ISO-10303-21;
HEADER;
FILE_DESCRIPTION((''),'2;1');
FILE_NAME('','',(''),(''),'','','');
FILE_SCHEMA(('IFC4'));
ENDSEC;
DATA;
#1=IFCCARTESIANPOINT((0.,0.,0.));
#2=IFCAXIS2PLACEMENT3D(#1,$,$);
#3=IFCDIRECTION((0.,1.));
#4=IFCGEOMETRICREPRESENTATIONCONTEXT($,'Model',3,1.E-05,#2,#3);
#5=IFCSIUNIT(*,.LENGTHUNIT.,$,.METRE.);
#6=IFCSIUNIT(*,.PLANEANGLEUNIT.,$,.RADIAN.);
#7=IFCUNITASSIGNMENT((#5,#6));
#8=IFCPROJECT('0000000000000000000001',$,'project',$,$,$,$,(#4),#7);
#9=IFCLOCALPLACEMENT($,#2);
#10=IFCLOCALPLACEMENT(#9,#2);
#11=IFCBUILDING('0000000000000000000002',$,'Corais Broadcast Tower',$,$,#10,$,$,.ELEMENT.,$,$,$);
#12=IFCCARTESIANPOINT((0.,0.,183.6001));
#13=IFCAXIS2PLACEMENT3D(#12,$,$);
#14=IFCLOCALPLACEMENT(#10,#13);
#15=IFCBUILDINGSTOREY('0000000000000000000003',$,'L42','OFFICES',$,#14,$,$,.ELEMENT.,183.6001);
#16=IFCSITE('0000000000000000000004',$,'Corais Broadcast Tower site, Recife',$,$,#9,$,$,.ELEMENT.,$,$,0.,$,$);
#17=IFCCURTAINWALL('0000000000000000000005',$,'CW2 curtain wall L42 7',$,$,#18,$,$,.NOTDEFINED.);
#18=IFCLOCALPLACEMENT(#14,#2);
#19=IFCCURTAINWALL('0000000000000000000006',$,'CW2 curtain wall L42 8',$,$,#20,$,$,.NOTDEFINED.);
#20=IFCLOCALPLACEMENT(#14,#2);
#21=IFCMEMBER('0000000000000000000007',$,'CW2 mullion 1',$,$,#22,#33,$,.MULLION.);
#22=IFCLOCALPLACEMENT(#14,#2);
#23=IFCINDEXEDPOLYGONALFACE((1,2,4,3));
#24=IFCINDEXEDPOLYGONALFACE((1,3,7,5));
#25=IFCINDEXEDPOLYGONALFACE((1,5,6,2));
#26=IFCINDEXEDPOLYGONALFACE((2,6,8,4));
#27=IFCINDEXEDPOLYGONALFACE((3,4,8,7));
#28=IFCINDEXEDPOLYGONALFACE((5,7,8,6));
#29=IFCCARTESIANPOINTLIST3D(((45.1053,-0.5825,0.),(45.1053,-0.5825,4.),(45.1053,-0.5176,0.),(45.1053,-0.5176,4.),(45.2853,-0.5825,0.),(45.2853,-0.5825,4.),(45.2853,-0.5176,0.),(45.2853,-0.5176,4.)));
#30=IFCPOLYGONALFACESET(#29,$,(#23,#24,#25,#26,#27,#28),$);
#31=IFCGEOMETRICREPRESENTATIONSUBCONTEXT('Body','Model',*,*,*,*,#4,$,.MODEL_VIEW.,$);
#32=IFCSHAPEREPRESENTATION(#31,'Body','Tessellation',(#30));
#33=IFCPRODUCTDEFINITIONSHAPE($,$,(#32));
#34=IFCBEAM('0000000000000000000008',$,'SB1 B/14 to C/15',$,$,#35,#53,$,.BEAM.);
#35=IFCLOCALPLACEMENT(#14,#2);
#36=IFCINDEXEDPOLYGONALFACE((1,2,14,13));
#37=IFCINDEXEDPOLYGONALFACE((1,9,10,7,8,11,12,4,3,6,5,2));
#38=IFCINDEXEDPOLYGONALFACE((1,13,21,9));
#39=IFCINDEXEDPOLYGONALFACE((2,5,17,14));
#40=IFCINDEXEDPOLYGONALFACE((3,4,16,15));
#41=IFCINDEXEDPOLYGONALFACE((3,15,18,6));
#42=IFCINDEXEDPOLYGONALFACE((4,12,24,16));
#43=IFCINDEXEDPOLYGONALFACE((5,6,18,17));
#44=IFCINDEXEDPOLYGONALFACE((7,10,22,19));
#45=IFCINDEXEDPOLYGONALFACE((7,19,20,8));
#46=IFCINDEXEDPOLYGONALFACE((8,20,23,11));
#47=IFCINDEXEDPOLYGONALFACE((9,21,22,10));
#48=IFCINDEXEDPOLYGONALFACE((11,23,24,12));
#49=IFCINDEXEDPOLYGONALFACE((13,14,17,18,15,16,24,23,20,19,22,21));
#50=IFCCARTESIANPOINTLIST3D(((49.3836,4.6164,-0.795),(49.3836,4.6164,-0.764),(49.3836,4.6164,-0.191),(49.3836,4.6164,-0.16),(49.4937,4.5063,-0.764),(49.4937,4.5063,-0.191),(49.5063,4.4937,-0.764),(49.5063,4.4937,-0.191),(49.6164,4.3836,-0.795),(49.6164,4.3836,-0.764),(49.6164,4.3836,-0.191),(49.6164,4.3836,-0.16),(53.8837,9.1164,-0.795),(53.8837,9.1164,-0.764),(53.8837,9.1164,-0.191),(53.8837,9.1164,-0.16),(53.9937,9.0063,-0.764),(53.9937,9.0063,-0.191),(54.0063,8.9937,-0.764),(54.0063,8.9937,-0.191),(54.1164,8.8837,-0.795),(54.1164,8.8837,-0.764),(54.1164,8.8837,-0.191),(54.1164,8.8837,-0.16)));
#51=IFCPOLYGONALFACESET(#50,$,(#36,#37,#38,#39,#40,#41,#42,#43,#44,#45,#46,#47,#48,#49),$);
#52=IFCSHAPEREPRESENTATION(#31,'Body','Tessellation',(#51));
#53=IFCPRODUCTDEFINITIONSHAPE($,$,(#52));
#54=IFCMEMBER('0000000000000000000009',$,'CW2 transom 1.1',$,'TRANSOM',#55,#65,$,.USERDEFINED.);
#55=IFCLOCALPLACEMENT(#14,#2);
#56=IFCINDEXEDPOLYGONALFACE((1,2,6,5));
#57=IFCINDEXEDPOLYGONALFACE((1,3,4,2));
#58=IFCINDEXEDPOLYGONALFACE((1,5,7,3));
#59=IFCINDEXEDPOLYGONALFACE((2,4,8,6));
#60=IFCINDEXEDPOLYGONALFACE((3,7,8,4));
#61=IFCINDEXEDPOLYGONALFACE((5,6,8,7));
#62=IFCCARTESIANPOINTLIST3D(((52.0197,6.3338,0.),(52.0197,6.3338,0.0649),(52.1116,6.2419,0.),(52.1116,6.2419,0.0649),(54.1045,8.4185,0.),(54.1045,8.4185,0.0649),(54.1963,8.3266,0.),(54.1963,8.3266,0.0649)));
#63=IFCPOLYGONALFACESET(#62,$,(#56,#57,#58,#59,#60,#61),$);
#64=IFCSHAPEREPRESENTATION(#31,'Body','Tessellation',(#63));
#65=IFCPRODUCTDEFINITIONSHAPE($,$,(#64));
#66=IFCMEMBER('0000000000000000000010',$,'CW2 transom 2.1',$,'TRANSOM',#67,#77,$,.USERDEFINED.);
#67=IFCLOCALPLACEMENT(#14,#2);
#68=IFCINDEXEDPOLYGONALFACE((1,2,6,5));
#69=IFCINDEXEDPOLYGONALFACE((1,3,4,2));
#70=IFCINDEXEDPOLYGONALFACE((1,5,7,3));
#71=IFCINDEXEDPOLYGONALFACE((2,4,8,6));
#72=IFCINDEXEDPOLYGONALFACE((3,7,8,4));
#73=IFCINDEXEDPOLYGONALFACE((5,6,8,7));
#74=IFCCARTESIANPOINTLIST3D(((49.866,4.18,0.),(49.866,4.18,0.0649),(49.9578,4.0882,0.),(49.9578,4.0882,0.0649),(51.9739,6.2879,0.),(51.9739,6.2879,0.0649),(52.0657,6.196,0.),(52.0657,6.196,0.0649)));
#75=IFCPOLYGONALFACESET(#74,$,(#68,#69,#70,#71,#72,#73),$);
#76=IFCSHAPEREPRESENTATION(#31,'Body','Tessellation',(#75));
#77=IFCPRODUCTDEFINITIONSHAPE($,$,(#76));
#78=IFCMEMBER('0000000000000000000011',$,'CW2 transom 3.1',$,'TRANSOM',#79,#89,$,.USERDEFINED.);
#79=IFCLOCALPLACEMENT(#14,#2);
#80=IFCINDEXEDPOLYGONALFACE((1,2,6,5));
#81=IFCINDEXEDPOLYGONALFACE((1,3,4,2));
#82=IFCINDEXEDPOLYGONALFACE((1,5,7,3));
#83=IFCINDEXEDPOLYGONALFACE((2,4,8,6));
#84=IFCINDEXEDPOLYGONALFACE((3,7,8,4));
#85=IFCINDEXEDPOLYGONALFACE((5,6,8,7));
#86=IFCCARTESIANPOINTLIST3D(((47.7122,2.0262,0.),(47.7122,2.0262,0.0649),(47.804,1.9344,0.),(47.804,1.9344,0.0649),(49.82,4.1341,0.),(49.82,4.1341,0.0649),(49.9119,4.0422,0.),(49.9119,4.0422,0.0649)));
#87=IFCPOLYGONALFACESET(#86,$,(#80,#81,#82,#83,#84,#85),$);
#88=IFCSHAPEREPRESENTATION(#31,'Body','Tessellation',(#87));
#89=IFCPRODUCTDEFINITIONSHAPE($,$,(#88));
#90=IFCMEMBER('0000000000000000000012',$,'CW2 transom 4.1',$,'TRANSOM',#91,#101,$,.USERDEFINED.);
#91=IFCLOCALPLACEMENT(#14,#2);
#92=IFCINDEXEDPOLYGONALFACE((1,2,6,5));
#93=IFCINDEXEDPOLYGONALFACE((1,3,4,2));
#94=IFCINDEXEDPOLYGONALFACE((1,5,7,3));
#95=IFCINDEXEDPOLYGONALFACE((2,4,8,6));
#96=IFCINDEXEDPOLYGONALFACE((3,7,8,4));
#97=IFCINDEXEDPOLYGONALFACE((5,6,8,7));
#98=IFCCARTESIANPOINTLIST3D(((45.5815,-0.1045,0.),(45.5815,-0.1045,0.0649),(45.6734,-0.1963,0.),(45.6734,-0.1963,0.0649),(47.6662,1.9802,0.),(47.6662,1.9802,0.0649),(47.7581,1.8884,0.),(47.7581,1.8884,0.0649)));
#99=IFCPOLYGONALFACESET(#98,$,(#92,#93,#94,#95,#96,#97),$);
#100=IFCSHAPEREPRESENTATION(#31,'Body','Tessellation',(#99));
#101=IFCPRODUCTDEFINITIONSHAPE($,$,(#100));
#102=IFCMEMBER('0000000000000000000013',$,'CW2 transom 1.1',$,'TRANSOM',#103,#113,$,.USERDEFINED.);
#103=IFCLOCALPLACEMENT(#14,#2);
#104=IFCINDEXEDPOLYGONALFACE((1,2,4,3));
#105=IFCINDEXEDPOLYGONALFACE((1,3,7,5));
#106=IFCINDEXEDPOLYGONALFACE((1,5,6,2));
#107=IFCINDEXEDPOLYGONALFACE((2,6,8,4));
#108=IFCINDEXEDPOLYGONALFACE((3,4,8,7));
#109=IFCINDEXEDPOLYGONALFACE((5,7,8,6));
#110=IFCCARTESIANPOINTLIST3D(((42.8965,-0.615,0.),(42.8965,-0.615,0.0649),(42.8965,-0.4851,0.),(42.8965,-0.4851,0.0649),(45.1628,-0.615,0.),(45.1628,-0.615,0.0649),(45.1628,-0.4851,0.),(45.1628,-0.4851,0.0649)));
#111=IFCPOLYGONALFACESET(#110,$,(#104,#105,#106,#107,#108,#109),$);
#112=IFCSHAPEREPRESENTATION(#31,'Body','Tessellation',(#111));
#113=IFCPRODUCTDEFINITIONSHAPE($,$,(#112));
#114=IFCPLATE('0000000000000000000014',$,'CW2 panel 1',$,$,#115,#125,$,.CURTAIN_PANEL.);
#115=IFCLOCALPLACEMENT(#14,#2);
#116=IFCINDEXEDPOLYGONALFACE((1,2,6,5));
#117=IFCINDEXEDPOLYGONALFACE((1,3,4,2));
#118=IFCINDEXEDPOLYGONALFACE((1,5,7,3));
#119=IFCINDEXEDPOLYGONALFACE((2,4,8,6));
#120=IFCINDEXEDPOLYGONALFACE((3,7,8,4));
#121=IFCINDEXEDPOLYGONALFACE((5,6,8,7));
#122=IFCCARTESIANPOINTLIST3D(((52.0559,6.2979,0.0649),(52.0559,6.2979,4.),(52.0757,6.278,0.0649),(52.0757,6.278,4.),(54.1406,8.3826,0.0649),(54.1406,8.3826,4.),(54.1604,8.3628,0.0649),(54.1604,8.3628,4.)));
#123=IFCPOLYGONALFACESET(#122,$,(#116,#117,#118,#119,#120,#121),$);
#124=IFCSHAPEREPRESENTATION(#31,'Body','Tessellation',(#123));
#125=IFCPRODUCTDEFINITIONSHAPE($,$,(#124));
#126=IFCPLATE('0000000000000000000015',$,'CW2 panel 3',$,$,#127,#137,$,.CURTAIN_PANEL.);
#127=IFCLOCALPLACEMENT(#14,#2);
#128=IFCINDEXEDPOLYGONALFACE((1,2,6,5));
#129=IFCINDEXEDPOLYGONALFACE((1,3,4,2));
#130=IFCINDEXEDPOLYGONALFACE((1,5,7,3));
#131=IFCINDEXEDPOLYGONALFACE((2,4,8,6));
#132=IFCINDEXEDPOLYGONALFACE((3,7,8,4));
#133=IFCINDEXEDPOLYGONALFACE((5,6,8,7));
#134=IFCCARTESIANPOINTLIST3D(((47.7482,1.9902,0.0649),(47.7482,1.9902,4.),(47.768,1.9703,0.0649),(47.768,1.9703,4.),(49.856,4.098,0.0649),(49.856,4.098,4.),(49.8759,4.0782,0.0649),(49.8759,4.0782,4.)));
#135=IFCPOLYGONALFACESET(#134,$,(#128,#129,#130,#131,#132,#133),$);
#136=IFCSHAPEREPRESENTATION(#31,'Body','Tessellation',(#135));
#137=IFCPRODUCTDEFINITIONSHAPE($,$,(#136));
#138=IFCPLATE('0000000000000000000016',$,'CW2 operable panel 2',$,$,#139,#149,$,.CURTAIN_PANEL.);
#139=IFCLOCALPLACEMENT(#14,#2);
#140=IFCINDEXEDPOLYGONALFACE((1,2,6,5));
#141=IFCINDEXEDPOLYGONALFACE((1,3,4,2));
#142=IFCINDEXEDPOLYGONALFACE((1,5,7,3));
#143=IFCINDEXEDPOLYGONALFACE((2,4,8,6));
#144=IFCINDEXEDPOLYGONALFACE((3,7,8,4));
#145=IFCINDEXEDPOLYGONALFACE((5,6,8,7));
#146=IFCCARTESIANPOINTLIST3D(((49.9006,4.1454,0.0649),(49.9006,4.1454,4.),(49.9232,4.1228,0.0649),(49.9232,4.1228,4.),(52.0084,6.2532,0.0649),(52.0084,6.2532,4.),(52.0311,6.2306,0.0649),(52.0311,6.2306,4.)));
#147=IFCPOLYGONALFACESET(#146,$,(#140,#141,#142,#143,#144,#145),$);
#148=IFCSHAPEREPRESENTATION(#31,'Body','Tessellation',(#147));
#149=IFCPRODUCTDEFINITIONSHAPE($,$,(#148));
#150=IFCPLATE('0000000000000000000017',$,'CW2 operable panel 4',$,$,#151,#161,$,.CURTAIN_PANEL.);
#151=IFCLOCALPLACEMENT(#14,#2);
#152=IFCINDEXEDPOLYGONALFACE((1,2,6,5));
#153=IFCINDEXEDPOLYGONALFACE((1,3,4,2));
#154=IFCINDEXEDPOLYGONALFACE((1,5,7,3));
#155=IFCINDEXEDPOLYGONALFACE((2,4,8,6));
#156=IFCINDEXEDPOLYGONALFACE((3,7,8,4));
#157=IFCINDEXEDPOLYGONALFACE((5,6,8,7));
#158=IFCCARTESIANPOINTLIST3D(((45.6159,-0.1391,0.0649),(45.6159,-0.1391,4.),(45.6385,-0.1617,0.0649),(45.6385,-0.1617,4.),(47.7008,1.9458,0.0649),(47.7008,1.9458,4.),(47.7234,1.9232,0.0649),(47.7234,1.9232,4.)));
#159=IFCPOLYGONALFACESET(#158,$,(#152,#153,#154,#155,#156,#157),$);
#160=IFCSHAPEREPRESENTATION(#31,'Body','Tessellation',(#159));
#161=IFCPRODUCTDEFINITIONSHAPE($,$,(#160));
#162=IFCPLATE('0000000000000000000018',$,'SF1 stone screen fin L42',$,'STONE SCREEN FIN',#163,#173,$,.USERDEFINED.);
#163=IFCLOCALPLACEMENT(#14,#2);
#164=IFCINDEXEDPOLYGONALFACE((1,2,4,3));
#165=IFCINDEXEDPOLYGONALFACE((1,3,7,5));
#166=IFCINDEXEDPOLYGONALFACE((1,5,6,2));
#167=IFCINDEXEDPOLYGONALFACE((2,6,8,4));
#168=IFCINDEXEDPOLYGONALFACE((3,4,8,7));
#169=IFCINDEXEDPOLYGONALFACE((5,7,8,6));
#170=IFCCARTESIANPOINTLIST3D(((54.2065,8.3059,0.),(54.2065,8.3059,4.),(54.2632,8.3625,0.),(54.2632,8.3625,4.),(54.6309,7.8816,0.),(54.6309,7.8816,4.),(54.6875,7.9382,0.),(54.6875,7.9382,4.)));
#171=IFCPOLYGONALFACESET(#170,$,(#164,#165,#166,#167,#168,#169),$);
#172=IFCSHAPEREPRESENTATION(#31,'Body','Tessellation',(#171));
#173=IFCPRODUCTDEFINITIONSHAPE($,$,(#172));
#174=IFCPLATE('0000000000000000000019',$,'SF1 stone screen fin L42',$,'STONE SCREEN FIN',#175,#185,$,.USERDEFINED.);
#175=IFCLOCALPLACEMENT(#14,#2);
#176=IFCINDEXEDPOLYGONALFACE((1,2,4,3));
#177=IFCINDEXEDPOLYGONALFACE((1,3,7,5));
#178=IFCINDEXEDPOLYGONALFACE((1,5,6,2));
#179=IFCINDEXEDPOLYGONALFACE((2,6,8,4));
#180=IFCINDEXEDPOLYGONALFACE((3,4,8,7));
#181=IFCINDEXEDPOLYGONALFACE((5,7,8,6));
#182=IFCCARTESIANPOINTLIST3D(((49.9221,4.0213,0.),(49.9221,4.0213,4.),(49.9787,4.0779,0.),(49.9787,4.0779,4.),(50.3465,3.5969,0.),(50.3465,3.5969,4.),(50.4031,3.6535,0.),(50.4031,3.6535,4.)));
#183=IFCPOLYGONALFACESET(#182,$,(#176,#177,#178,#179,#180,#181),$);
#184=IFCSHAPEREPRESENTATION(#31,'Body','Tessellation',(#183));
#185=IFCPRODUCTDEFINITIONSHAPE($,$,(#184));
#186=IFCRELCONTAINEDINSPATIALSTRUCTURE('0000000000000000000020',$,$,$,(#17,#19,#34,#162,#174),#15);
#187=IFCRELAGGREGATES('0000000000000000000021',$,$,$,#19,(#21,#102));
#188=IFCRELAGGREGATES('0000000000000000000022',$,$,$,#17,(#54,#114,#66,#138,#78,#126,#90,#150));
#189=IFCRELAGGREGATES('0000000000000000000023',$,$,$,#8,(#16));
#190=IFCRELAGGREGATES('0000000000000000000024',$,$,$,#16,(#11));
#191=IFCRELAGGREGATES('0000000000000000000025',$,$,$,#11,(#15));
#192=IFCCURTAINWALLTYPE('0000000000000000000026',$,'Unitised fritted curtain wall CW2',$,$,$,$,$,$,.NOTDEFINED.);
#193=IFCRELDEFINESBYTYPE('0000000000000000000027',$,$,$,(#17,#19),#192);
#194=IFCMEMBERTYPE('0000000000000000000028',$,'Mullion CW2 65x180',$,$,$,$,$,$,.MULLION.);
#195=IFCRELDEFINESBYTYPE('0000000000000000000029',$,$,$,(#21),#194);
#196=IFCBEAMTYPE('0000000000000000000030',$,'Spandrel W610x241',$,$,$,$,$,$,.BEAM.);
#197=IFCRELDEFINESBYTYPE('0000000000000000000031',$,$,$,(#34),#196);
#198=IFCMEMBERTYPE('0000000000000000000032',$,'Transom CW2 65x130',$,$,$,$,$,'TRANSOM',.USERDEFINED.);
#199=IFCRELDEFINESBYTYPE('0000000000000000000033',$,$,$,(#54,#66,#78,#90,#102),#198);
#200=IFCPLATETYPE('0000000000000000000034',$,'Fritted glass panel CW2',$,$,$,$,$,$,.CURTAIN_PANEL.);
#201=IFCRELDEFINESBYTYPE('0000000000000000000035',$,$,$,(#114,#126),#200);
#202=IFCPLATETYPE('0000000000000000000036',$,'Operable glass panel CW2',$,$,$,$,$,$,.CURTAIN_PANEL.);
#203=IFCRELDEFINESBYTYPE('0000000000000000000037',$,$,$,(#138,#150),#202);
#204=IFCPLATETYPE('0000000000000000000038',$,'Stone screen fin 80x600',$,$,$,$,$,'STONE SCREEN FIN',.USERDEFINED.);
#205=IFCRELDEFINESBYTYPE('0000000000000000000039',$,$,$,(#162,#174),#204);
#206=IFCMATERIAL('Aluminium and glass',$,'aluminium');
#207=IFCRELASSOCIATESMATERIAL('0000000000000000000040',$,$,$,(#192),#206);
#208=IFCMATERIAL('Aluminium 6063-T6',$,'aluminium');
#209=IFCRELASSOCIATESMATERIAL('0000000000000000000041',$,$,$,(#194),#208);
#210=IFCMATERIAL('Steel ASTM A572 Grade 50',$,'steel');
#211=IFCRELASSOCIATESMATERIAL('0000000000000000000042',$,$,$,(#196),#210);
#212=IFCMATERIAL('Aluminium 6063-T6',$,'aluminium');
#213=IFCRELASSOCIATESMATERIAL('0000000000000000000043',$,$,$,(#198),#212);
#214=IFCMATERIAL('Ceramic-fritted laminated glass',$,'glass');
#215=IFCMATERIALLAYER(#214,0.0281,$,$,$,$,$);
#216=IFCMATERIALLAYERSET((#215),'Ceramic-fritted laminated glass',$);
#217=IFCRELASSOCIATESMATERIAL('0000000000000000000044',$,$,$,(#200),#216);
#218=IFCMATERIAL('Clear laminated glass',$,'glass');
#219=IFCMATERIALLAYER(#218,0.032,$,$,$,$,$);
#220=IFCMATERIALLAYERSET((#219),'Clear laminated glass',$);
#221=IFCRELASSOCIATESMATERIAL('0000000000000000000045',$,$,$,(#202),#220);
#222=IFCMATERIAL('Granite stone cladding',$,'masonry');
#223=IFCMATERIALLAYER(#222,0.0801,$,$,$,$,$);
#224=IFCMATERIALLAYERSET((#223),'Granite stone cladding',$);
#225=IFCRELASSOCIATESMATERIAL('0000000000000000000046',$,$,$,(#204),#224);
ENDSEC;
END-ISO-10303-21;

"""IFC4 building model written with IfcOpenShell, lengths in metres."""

from ifc_helpers import new_model, si_unit, direction, frame, origin, origin_2d, place, context, subcontext, project, spatial, rectangle, i_section, extrude, material, layer, layer_set, material_profile, profile_set, type_object, element, aggregate, save


model = new_model("IFC4")

# Units and contexts
model_context = context("Model", 3, precision=1e-05, world=origin(), true_north=direction((0.0, 1.0)))
body_context = subcontext(model_context, "Body", "Model", "MODEL_VIEW")
ifc_project = project(units=[si_unit("LENGTHUNIT", "METRE"), si_unit("PLANEANGLEUNIT", "RADIAN")], contexts=[model_context])

# Site, building, storey
site_placement = place(None, origin())
site = spatial("IfcSite", under=ifc_project, at=site_placement, Name="Corais Broadcast Tower site, Recife", CompositionType="ELEMENT", RefElevation=0.0)
building_placement = place(site_placement, origin())
building = spatial("IfcBuilding", under=site, at=building_placement, Name="Corais Broadcast Tower", CompositionType="ELEMENT")
storey_placement = place(building_placement, frame((0.0, 0.0, 183.6001)))
storey = spatial("IfcBuildingStorey", under=building, at=storey_placement, Name="L42", Description="OFFICES", CompositionType="ELEMENT", Elevation=183.6001)

# Shared definitions
ifc_material_1 = material(Name="Aluminium and glass", Category="aluminium")
curtain_wall_type = type_object("IfcCurtainWallType", Name="Unitised fritted curtain wall CW2", PredefinedType="NOTDEFINED", material=ifc_material_1)
ifc_material_2 = material(Name="Aluminium 6063-T6", Category="aluminium")
ifc_material_profile_1 = material_profile(ifc_material_2, rectangle(XDim=0.0649, YDim=0.1799, at=origin_2d()), Name="Mullion CW2 65x180")
ifc_profile_set_1 = profile_set([ifc_material_profile_1], Name="Aluminium 6063-T6")
member_type_1 = type_object("IfcMemberType", Name="Mullion CW2 65x180", PredefinedType="MULLION", material=ifc_profile_set_1)

# Curtain wall
curtain_wall_1_placement = place(storey_placement, origin())
curtain_wall_1 = element("IfcCurtainWall", 1, at=curtain_wall_1_placement, inside=storey, type_object=curtain_wall_type, Name="CW2 curtain wall L42 7", PredefinedType="NOTDEFINED")

# Curtain wall, member
curtain_wall_2_placement = place(storey_placement, origin())
curtain_wall_2 = element("IfcCurtainWall", 2, at=curtain_wall_2_placement, inside=storey, type_object=curtain_wall_type, Name="CW2 curtain wall L42 8", PredefinedType="NOTDEFINED")
member_1_placement = place(storey_placement, frame((45.1953, -0.55, 0.0), z_axis=(0.0, 0.0, 1.0), x_axis=(0.0, -1.0, 0.0)))
member_1 = element("IfcMember", 3, at=member_1_placement, type_object=member_type_1, Name="CW2 mullion 1", PredefinedType="MULLION", context=body_context, shape_type="SweptSolid", body=[
    extrude(rectangle(XDim=0.0649, YDim=0.1799, at=origin_2d()), origin(), (0.0, 0.0, 1.0), 4.0),
])

# Beam
ifc_material_3 = material(Name="Steel ASTM A572 Grade 50", Category="steel")
ifc_material_profile_2 = material_profile(ifc_material_3, i_section(OverallWidth=0.3291, OverallDepth=0.635, WebThickness=0.0178, FlangeThickness=0.031, at=origin_2d()), Name="W610x241")
ifc_profile_set_2 = profile_set([ifc_material_profile_2], Name="Steel ASTM A572 Grade 50")
beam_type_1 = type_object("IfcBeamType", Name="Spandrel W610x241", PredefinedType="BEAM", material=ifc_profile_set_2)
beam_1_placement = place(storey_placement, frame((49.5, 4.5, -0.4775), z_axis=(0.707107, 0.707107, 0.0), x_axis=(-0.707107, 0.707107, 0.0)))
element("IfcBeam", 4, at=beam_1_placement, inside=storey, type_object=beam_type_1, Name="SB1 B/14 to C/15", PredefinedType="BEAM", context=body_context, shape_type="SweptSolid", body=[
    extrude(i_section(OverallWidth=0.3291, OverallDepth=0.635, WebThickness=0.0178, FlangeThickness=0.031, at=origin_2d()), origin(), (0.0, 0.0, 1.0), 6.364),
])

# Members
ifc_material_4 = material(Name="Aluminium 6063-T6", Category="aluminium")
ifc_material_profile_3 = material_profile(ifc_material_4, rectangle(XDim=0.1299, YDim=0.0649, at=origin_2d()), Name="Transom CW2 65x130")
ifc_profile_set_3 = profile_set([ifc_material_profile_3], Name="Aluminium 6063-T6")
member_type_2 = type_object("IfcMemberType", Name="Transom CW2 65x130", ElementType="TRANSOM", PredefinedType="USERDEFINED", material=ifc_profile_set_3)
member_2_placement = place(storey_placement, frame((54.1504, 8.3726, 0.0325), z_axis=(-0.707107, -0.707107, 0.0), x_axis=(0.707107, -0.707107, 0.0)))
member_2 = element("IfcMember", 5, at=member_2_placement, type_object=member_type_2, Name="CW2 transom 1.1", ObjectType="TRANSOM", PredefinedType="USERDEFINED", context=body_context, shape_type="SweptSolid", body=[
    extrude(rectangle(XDim=0.1299, YDim=0.0649, at=origin_2d()), origin(), (0.0, 0.0, 1.0), 2.9482),
])
member_3_placement = place(storey_placement, frame((52.0198, 6.2419, 0.0325), z_axis=(-0.707107, -0.707107, 0.0), x_axis=(0.707107, -0.707107, 0.0)))
member_3 = element("IfcMember", 6, at=member_3_placement, type_object=member_type_2, Name="CW2 transom 2.1", ObjectType="TRANSOM", PredefinedType="USERDEFINED", context=body_context, shape_type="SweptSolid", body=[
    extrude(rectangle(XDim=0.1299, YDim=0.0649, at=origin_2d()), origin(), (0.0, 0.0, 1.0), 2.981),
])
member_4_placement = place(storey_placement, frame((49.866, 4.0881, 0.0325), z_axis=(-0.707107, -0.707107, 0.0), x_axis=(0.707107, -0.707107, 0.0)))
member_4 = element("IfcMember", 7, at=member_4_placement, type_object=member_type_2, Name="CW2 transom 3.1", ObjectType="TRANSOM", PredefinedType="USERDEFINED", context=body_context, shape_type="SweptSolid", body=[
    extrude(rectangle(XDim=0.1299, YDim=0.0649, at=origin_2d()), origin(), (0.0, 0.0, 1.0), 2.981),
])
member_5_placement = place(storey_placement, frame((47.7122, 1.9343, 0.0325), z_axis=(-0.707107, -0.707107, 0.0), x_axis=(0.707107, -0.707107, 0.0)))
member_5 = element("IfcMember", 8, at=member_5_placement, type_object=member_type_2, Name="CW2 transom 4.1", ObjectType="TRANSOM", PredefinedType="USERDEFINED", context=body_context, shape_type="SweptSolid", body=[
    extrude(rectangle(XDim=0.1299, YDim=0.0649, at=origin_2d()), origin(), (0.0, 0.0, 1.0), 2.9482),
])
member_6_placement = place(storey_placement, frame((45.1628, -0.55, 0.0325), z_axis=(-1.0, 0.0, 0.0), x_axis=(0.0, -1.0, 0.0)))
member_6 = element("IfcMember", 9, at=member_6_placement, type_object=member_type_2, Name="CW2 transom 1.1", ObjectType="TRANSOM", PredefinedType="USERDEFINED", context=body_context, shape_type="SweptSolid", body=[
    extrude(rectangle(XDim=0.1299, YDim=0.0649, at=origin_2d()), origin(), (0.0, 0.0, 1.0), 2.2664),
])
aggregate(curtain_wall_2, [member_1, member_6])

# Plates
ifc_material_5 = material(Name="Ceramic-fritted laminated glass", Category="glass")
ifc_layer_1 = layer(ifc_material_5, 0.0281)
ifc_layer_set_1 = layer_set([ifc_layer_1], Name="Ceramic-fritted laminated glass")
plate_type_1 = type_object("IfcPlateType", Name="Fritted glass panel CW2", PredefinedType="CURTAIN_PANEL", material=ifc_layer_set_1)
plate_1_placement = place(storey_placement, frame((53.1082, 7.3303, 0.0649), z_axis=(0.0, 0.0, 1.0), x_axis=(-0.707107, -0.707107, 0.0)))
plate_1 = element("IfcPlate", 10, at=plate_1_placement, type_object=plate_type_1, Name="CW2 panel 1", PredefinedType="CURTAIN_PANEL", context=body_context, shape_type="SweptSolid", body=[
    extrude(rectangle(XDim=2.9482, YDim=0.0281, at=origin_2d()), origin(), (0.0, 0.0, 1.0), 3.9351),
])
plate_2_placement = place(storey_placement, frame((48.812, 3.0342, 0.0649), z_axis=(0.0, 0.0, 1.0), x_axis=(-0.707107, -0.707107, 0.0)))
plate_2 = element("IfcPlate", 11, at=plate_2_placement, type_object=plate_type_1, Name="CW2 panel 3", PredefinedType="CURTAIN_PANEL", context=body_context, shape_type="SweptSolid", body=[
    extrude(rectangle(XDim=2.981, YDim=0.0281, at=origin_2d()), origin(), (0.0, 0.0, 1.0), 3.9351),
])
ifc_material_6 = material(Name="Clear laminated glass", Category="glass")
ifc_layer_2 = layer(ifc_material_6, 0.032)
ifc_layer_set_2 = layer_set([ifc_layer_2], Name="Clear laminated glass")
plate_type_2 = type_object("IfcPlateType", Name="Operable glass panel CW2", PredefinedType="CURTAIN_PANEL", material=ifc_layer_set_2)
plate_3_placement = place(storey_placement, frame((50.9658, 5.188, 0.0649), z_axis=(0.0, 0.0, 1.0), x_axis=(-0.707107, -0.707107, 0.0)))
plate_3 = element("IfcPlate", 12, at=plate_3_placement, type_object=plate_type_2, Name="CW2 operable panel 2", PredefinedType="CURTAIN_PANEL", context=body_context, shape_type="SweptSolid", body=[
    extrude(rectangle(XDim=2.981, YDim=0.032, at=origin_2d()), origin(), (0.0, 0.0, 1.0), 3.9351),
])
plate_4_placement = place(storey_placement, frame((46.6697, 0.8921, 0.0649), z_axis=(0.0, 0.0, 1.0), x_axis=(-0.707107, -0.707107, 0.0)))
plate_4 = element("IfcPlate", 13, at=plate_4_placement, type_object=plate_type_2, Name="CW2 operable panel 4", PredefinedType="CURTAIN_PANEL", context=body_context, shape_type="SweptSolid", body=[
    extrude(rectangle(XDim=2.9485, YDim=0.032, at=origin_2d()), origin(), (0.0, 0.0, 1.0), 3.9351),
])
aggregate(curtain_wall_1, [member_2, plate_1, member_3, plate_3, member_4, plate_2, member_5, plate_4])

# Plates
ifc_material_7 = material(Name="Granite stone cladding", Category="masonry")
ifc_layer_3 = layer(ifc_material_7, 0.0801)
ifc_layer_set_3 = layer_set([ifc_layer_3], Name="Granite stone cladding")
plate_type_3 = type_object("IfcPlateType", Name="Stone screen fin 80x600", ElementType="STONE SCREEN FIN", PredefinedType="USERDEFINED", material=ifc_layer_set_3)
for number, where, z_axis, x_axis, name in (
    (14, (54.447, 8.1221, 0.0), (0.0, 0.0, 1.0), (-0.707107, -0.707107, 0.0), "SF1 stone screen fin L42"),
    (15, (50.1626, 3.8374, 0.0), (0.0, 0.0, 1.0), (-0.707107, -0.707107, 0.0), "SF1 stone screen fin L42"),
):
    element("IfcPlate", number, at=place(storey_placement, frame(where, z_axis=z_axis, x_axis=x_axis)), inside=storey, type_object=plate_type_3, Name=name, ObjectType="STONE SCREEN FIN", PredefinedType="USERDEFINED", context=body_context, shape_type="SweptSolid", body=[
        extrude(rectangle(XDim=0.0801, YDim=0.6001, at=origin_2d()), origin(), (0.0, 0.0, 1.0), 4.0),
    ])

save(model, "model.ifc")
